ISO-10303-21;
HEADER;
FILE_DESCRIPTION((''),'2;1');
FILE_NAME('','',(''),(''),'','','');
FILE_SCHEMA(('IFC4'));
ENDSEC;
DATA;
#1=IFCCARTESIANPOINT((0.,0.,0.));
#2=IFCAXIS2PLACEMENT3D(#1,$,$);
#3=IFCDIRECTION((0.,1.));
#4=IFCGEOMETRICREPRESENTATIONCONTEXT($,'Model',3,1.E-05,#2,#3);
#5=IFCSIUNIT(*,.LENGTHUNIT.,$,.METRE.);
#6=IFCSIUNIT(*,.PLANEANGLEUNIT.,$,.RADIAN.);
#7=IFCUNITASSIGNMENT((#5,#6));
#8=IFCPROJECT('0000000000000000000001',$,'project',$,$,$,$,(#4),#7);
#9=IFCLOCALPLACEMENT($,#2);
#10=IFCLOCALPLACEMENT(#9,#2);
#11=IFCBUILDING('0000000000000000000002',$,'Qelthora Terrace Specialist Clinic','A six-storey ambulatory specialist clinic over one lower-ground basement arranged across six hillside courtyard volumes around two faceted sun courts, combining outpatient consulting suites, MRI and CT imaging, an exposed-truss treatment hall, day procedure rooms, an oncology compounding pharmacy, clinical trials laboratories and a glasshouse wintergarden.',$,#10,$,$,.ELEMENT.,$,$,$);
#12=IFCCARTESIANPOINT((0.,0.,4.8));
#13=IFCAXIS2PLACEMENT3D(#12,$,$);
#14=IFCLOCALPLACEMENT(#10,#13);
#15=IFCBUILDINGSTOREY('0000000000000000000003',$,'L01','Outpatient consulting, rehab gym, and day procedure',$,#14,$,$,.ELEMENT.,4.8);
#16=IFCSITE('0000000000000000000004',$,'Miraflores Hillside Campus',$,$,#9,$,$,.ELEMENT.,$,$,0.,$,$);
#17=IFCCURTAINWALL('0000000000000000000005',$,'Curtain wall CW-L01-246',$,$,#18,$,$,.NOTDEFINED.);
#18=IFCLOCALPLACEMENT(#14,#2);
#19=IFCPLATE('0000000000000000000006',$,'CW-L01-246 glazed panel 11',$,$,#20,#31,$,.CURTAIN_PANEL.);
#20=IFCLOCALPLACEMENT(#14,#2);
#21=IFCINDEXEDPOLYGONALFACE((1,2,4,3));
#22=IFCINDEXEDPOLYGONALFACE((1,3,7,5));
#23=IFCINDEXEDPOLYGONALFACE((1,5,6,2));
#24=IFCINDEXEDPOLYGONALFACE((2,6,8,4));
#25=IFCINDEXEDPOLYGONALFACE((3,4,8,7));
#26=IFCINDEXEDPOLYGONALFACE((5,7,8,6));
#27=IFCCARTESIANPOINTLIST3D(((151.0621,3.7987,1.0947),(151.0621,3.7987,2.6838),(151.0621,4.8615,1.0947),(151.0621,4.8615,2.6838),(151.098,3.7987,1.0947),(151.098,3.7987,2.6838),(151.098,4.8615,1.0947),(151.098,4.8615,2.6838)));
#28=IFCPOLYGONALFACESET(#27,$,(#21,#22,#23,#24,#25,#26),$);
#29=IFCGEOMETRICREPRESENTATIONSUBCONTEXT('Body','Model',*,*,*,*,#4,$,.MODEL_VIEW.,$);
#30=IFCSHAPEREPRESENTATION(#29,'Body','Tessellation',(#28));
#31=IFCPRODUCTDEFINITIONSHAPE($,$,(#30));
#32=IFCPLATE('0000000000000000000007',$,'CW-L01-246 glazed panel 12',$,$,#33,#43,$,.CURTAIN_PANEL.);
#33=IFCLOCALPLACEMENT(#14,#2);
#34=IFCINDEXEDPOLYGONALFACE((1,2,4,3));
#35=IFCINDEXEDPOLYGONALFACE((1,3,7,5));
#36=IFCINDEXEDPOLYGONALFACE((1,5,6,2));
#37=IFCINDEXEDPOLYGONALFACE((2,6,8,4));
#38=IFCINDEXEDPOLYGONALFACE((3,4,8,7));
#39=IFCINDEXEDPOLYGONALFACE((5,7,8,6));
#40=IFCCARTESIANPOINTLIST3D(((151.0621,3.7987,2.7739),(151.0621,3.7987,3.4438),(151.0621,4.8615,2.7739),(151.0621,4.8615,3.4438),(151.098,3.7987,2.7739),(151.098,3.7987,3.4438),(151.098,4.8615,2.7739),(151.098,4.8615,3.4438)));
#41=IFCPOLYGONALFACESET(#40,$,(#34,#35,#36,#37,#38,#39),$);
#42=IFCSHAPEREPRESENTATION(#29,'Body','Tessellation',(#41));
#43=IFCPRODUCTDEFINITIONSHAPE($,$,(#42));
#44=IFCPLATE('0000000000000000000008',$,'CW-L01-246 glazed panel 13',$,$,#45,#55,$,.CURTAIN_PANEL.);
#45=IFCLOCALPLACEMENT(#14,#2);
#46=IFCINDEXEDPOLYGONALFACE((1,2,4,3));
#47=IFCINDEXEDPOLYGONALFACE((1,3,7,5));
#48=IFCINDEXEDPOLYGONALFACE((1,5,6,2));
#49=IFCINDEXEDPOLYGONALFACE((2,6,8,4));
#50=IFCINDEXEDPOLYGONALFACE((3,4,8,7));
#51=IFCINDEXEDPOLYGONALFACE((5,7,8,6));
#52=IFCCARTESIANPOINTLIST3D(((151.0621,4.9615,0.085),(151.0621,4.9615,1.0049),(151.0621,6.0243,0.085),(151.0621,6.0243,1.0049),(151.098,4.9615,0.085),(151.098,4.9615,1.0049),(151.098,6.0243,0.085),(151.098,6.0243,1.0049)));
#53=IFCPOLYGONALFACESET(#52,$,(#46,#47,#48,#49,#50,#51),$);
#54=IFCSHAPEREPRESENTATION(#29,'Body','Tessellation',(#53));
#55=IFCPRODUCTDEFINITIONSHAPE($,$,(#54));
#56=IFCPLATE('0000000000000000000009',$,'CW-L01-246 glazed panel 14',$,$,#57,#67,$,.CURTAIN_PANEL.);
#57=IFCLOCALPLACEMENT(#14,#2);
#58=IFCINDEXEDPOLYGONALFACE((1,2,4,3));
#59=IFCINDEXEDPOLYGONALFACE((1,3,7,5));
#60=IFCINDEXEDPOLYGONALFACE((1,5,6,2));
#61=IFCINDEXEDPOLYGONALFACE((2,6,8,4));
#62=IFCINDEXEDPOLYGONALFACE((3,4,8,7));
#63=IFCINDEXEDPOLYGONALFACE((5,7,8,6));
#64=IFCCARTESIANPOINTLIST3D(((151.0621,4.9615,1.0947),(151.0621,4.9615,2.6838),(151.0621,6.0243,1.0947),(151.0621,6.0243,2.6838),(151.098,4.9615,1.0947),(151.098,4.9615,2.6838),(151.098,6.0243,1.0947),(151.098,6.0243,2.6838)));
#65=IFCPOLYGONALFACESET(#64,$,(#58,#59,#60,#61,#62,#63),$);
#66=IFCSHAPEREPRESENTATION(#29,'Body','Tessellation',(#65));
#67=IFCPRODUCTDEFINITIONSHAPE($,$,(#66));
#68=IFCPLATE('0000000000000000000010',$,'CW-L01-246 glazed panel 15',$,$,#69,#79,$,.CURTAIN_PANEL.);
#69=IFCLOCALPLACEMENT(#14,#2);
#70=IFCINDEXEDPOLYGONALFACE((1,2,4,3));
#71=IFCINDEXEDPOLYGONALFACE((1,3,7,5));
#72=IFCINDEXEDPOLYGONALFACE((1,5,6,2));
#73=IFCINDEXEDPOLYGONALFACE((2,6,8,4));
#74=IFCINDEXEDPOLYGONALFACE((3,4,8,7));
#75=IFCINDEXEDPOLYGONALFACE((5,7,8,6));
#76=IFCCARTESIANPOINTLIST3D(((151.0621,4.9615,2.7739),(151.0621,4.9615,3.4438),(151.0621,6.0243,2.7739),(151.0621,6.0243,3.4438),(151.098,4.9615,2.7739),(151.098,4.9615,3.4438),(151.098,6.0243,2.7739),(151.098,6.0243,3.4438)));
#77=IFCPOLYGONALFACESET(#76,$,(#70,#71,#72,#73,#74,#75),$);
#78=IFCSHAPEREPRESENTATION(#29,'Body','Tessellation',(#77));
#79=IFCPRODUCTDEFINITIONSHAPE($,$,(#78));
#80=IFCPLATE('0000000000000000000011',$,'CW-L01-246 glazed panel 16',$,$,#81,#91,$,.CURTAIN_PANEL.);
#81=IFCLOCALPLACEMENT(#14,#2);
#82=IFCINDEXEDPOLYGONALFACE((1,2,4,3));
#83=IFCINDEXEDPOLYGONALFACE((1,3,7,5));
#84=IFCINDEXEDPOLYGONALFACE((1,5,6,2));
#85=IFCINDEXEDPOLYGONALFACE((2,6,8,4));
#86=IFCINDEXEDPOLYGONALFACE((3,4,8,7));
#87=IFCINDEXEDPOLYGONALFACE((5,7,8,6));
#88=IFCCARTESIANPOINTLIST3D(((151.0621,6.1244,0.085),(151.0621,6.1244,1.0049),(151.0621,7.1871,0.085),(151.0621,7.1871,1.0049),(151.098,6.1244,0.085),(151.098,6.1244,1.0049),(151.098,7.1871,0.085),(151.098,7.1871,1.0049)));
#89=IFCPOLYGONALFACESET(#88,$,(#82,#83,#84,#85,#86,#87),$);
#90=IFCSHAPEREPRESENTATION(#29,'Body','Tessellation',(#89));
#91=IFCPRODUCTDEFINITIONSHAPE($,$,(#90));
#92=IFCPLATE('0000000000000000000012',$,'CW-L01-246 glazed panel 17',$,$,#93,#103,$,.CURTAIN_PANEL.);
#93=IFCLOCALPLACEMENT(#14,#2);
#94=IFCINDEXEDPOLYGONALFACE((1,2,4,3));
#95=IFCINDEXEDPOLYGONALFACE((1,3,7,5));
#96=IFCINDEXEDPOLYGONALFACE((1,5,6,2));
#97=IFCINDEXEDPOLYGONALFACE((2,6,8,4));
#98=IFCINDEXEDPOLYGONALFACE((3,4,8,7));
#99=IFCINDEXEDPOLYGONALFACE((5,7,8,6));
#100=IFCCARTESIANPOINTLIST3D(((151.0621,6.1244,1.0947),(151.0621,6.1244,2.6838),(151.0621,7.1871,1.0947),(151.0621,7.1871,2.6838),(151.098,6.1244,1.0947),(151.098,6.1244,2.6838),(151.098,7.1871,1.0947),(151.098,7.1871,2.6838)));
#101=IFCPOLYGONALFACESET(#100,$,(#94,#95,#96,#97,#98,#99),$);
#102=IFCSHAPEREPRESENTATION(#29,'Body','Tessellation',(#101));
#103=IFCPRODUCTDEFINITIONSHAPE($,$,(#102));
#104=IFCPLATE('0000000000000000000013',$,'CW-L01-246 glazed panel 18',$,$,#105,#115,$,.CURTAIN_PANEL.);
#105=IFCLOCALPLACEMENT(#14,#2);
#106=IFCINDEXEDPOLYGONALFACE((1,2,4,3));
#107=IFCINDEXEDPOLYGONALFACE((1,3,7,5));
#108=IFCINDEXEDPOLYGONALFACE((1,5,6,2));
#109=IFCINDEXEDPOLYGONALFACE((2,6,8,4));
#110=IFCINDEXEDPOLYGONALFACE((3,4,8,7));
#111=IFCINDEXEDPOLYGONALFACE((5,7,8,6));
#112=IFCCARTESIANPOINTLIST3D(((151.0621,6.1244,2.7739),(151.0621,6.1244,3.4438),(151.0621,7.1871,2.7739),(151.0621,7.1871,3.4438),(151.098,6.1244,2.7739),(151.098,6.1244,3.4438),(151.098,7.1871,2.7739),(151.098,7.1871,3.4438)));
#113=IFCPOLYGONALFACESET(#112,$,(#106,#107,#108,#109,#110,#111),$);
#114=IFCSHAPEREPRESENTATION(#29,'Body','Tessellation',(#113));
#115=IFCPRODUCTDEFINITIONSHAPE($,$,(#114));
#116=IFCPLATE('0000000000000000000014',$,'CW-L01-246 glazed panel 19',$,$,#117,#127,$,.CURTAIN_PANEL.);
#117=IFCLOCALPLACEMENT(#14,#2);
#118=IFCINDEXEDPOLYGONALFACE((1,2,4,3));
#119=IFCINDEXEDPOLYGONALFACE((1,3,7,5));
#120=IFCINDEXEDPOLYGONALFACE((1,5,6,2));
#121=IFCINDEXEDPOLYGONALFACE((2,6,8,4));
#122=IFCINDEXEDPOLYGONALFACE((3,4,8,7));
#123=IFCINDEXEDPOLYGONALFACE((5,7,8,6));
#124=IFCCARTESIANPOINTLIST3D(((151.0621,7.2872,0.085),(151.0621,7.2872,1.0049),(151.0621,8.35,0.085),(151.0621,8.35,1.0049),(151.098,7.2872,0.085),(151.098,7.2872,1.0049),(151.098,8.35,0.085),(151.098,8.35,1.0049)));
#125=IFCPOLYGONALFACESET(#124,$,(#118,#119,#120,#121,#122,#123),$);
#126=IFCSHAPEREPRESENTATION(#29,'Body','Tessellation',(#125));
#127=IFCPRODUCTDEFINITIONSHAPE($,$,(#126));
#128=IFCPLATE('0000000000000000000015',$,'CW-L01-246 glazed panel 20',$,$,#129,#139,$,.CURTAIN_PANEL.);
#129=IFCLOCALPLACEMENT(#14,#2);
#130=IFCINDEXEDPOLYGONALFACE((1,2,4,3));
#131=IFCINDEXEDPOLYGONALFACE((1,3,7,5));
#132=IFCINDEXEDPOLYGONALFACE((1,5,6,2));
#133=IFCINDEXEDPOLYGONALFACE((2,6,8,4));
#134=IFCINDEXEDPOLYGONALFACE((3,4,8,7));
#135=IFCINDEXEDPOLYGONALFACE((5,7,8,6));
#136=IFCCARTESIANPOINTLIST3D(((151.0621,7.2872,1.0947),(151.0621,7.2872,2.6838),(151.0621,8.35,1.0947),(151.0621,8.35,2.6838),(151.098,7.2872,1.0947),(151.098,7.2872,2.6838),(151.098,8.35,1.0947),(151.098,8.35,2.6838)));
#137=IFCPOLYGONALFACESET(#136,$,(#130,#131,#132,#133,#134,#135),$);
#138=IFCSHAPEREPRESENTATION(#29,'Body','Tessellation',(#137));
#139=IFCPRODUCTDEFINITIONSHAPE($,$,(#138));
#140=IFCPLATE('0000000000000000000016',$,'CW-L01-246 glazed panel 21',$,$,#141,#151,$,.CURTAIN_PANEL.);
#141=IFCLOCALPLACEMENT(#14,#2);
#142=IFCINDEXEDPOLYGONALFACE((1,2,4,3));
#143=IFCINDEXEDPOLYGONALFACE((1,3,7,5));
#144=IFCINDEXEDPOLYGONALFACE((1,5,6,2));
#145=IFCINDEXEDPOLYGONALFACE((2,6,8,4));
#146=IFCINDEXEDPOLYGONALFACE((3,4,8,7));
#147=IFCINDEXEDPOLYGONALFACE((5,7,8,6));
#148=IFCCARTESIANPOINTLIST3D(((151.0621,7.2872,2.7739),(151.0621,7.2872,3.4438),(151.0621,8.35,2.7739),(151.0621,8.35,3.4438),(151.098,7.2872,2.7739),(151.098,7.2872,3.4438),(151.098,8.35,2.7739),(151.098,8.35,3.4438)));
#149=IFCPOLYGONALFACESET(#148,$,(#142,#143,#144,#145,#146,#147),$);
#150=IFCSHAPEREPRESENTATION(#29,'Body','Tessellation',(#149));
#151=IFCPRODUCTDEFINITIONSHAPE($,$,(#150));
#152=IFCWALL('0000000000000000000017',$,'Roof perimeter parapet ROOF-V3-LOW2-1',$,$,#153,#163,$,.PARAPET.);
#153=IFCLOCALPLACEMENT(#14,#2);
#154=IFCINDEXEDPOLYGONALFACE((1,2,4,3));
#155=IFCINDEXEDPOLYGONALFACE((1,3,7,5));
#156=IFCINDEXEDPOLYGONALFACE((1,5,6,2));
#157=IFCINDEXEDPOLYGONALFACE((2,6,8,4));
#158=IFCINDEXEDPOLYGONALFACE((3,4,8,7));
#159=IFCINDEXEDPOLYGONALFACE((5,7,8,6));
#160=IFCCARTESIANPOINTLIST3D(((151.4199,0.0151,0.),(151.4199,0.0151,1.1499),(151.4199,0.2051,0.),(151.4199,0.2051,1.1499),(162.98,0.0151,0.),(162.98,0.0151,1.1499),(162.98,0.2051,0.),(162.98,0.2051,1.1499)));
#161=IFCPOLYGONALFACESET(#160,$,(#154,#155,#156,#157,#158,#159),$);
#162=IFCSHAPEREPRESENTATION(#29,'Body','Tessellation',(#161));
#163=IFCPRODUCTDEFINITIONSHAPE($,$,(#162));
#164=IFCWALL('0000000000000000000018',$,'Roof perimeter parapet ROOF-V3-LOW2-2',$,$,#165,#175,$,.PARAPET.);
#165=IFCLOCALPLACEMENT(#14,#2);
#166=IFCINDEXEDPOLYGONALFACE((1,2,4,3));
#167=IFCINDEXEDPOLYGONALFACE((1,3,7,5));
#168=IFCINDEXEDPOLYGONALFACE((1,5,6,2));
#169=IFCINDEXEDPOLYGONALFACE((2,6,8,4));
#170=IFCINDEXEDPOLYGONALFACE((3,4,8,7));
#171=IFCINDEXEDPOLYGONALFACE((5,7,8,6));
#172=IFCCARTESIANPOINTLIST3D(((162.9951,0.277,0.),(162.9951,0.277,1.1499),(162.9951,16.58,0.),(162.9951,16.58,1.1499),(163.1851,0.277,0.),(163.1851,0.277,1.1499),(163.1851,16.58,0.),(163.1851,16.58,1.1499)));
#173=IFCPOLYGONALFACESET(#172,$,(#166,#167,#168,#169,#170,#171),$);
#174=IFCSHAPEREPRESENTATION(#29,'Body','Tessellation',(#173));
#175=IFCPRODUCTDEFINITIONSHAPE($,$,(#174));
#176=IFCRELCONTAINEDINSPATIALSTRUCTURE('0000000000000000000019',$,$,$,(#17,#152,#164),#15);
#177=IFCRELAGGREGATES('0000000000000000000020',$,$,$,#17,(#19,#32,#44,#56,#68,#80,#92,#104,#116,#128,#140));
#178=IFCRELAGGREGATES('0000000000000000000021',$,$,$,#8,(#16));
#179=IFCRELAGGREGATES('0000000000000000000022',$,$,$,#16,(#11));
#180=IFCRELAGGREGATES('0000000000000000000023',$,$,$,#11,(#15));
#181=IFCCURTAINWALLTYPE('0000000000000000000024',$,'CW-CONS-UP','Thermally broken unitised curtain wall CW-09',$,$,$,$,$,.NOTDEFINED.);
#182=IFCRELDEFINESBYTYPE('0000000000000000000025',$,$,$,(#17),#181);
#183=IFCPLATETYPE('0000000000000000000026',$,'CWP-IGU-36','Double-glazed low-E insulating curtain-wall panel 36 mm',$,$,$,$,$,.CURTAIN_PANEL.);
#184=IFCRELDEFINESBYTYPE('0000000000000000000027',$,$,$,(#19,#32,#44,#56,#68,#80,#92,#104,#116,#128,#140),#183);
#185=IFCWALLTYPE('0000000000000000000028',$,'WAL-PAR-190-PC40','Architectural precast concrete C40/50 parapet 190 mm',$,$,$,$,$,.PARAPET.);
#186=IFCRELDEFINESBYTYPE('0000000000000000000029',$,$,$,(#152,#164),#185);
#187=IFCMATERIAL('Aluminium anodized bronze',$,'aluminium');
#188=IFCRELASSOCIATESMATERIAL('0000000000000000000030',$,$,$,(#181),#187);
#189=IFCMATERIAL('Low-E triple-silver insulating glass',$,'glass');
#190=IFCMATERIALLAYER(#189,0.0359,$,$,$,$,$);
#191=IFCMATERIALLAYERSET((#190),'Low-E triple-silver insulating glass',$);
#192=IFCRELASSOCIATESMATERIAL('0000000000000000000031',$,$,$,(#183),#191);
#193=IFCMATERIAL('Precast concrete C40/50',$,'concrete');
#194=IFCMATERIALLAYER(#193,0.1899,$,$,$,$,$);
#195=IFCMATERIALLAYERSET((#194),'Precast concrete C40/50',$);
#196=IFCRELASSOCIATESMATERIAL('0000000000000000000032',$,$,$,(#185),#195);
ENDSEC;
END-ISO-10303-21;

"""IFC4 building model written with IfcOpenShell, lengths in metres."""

from ifc_helpers import new_model, si_unit, direction, frame, frame_2d, origin, origin_2d, place, context, subcontext, project, spatial, rectangle, extrude, material, layer, layer_set, type_object, element, aggregate, save


model = new_model("IFC4")

# Units and contexts
model_context = context("Model", 3, precision=1e-05, world=origin(), true_north=direction((0.0, 1.0)))
body_context = subcontext(model_context, "Body", "Model", "MODEL_VIEW")
ifc_project = project(units=[si_unit("LENGTHUNIT", "METRE"), si_unit("PLANEANGLEUNIT", "RADIAN")], contexts=[model_context])

# Site, building, storey
site_placement = place(None, origin())
site = spatial("IfcSite", under=ifc_project, at=site_placement, Name="Miraflores Hillside Campus", CompositionType="ELEMENT", RefElevation=0.0)
building_placement = place(site_placement, origin())
building = spatial("IfcBuilding", under=site, at=building_placement, Name="Qelthora Terrace Specialist Clinic", Description="A six-storey ambulatory specialist clinic over one lower-ground basement arranged across six hillside courtyard volumes around two faceted sun courts, combining outpatient consulting suites, MRI and CT imaging, an exposed-truss treatment hall, day procedure rooms, an oncology compounding pharmacy, clinical trials laboratories and a glasshouse wintergarden.", CompositionType="ELEMENT")
storey_placement = place(building_placement, frame((0.0, 0.0, 4.8)))
storey = spatial("IfcBuildingStorey", under=building, at=storey_placement, Name="L01", Description="Outpatient consulting, rehab gym, and day procedure", CompositionType="ELEMENT", Elevation=4.8)

# Curtain wall
ifc_material_1 = material(Name="Aluminium anodized bronze", Category="aluminium")
curtain_wall_type = type_object("IfcCurtainWallType", Name="CW-CONS-UP", Description="Thermally broken unitised curtain wall CW-09", PredefinedType="NOTDEFINED", material=ifc_material_1)
curtain_wall_placement = place(storey_placement, origin())
curtain_wall = element("IfcCurtainWall", 1, at=curtain_wall_placement, inside=storey, type_object=curtain_wall_type, Name="Curtain wall CW-L01-246", PredefinedType="NOTDEFINED")

# Plates
ifc_material_2 = material(Name="Low-E triple-silver insulating glass", Category="glass")
ifc_layer_1 = layer(ifc_material_2, 0.0359)
ifc_layer_set_1 = layer_set([ifc_layer_1], Name="Low-E triple-silver insulating glass")
plate_type = type_object("IfcPlateType", Name="CWP-IGU-36", Description="Double-glazed low-E insulating curtain-wall panel 36 mm", PredefinedType="CURTAIN_PANEL", material=ifc_layer_set_1)
plate_1_placement = place(storey_placement, frame((151.0801, 4.3301, 1.0947), z_axis=(0.0, 0.0, 1.0), x_axis=(0.0, 1.0, 0.0)))
plate_1 = element("IfcPlate", 2, at=plate_1_placement, type_object=plate_type, Name="CW-L01-246 glazed panel 11", PredefinedType="CURTAIN_PANEL", context=body_context, shape_type="SweptSolid", body=[
    extrude(rectangle(XDim=1.0627, YDim=0.0359, at=origin_2d()), origin(), (0.0, 0.0, 1.0), 1.5891),
])
plate_2_placement = place(storey_placement, frame((151.0801, 4.3301, 2.7739), z_axis=(0.0, 0.0, 1.0), x_axis=(0.0, 1.0, 0.0)))
plate_2 = element("IfcPlate", 3, at=plate_2_placement, type_object=plate_type, Name="CW-L01-246 glazed panel 12", PredefinedType="CURTAIN_PANEL", context=body_context, shape_type="SweptSolid", body=[
    extrude(rectangle(XDim=1.0627, YDim=0.0359, at=origin_2d()), origin(), (0.0, 0.0, 1.0), 0.6699),
])
plate_3_placement = place(storey_placement, frame((151.0801, 5.4929, 0.085), z_axis=(0.0, 0.0, 1.0), x_axis=(0.0, 1.0, 0.0)))
plate_3 = element("IfcPlate", 4, at=plate_3_placement, type_object=plate_type, Name="CW-L01-246 glazed panel 13", PredefinedType="CURTAIN_PANEL", context=body_context, shape_type="SweptSolid", body=[
    extrude(rectangle(XDim=1.0627, YDim=0.0359, at=origin_2d()), origin(), (0.0, 0.0, 1.0), 0.9199),
])
plate_4_placement = place(storey_placement, frame((151.0801, 5.4929, 1.0947), z_axis=(0.0, 0.0, 1.0), x_axis=(0.0, 1.0, 0.0)))
plate_4 = element("IfcPlate", 5, at=plate_4_placement, type_object=plate_type, Name="CW-L01-246 glazed panel 14", PredefinedType="CURTAIN_PANEL", context=body_context, shape_type="SweptSolid", body=[
    extrude(rectangle(XDim=1.0627, YDim=0.0359, at=origin_2d()), origin(), (0.0, 0.0, 1.0), 1.5891),
])
plate_5_placement = place(storey_placement, frame((151.0801, 5.4929, 2.7739), z_axis=(0.0, 0.0, 1.0), x_axis=(0.0, 1.0, 0.0)))
plate_5 = element("IfcPlate", 6, at=plate_5_placement, type_object=plate_type, Name="CW-L01-246 glazed panel 15", PredefinedType="CURTAIN_PANEL", context=body_context, shape_type="SweptSolid", body=[
    extrude(rectangle(XDim=1.0627, YDim=0.0359, at=origin_2d()), origin(), (0.0, 0.0, 1.0), 0.6699),
])
plate_6_placement = place(storey_placement, frame((151.0801, 6.6558, 0.085), z_axis=(0.0, 0.0, 1.0), x_axis=(0.0, 1.0, 0.0)))
plate_6 = element("IfcPlate", 7, at=plate_6_placement, type_object=plate_type, Name="CW-L01-246 glazed panel 16", PredefinedType="CURTAIN_PANEL", context=body_context, shape_type="SweptSolid", body=[
    extrude(rectangle(XDim=1.0627, YDim=0.0359, at=origin_2d()), origin(), (0.0, 0.0, 1.0), 0.9199),
])
plate_7_placement = place(storey_placement, frame((151.0801, 6.6558, 1.0947), z_axis=(0.0, 0.0, 1.0), x_axis=(0.0, 1.0, 0.0)))
plate_7 = element("IfcPlate", 8, at=plate_7_placement, type_object=plate_type, Name="CW-L01-246 glazed panel 17", PredefinedType="CURTAIN_PANEL", context=body_context, shape_type="SweptSolid", body=[
    extrude(rectangle(XDim=1.0627, YDim=0.0359, at=origin_2d()), origin(), (0.0, 0.0, 1.0), 1.5891),
])
plate_8_placement = place(storey_placement, frame((151.0801, 6.6558, 2.7739), z_axis=(0.0, 0.0, 1.0), x_axis=(0.0, 1.0, 0.0)))
plate_8 = element("IfcPlate", 9, at=plate_8_placement, type_object=plate_type, Name="CW-L01-246 glazed panel 18", PredefinedType="CURTAIN_PANEL", context=body_context, shape_type="SweptSolid", body=[
    extrude(rectangle(XDim=1.0627, YDim=0.0359, at=origin_2d()), origin(), (0.0, 0.0, 1.0), 0.6699),
])
plate_9_placement = place(storey_placement, frame((151.0801, 7.8186, 0.085), z_axis=(0.0, 0.0, 1.0), x_axis=(0.0, 1.0, 0.0)))
plate_9 = element("IfcPlate", 10, at=plate_9_placement, type_object=plate_type, Name="CW-L01-246 glazed panel 19", PredefinedType="CURTAIN_PANEL", context=body_context, shape_type="SweptSolid", body=[
    extrude(rectangle(XDim=1.0627, YDim=0.0359, at=origin_2d()), origin(), (0.0, 0.0, 1.0), 0.9199),
])
plate_10_placement = place(storey_placement, frame((151.0801, 7.8186, 1.0947), z_axis=(0.0, 0.0, 1.0), x_axis=(0.0, 1.0, 0.0)))
plate_10 = element("IfcPlate", 11, at=plate_10_placement, type_object=plate_type, Name="CW-L01-246 glazed panel 20", PredefinedType="CURTAIN_PANEL", context=body_context, shape_type="SweptSolid", body=[
    extrude(rectangle(XDim=1.0627, YDim=0.0359, at=origin_2d()), origin(), (0.0, 0.0, 1.0), 1.5891),
])
plate_11_placement = place(storey_placement, frame((151.0801, 7.8186, 2.7739), z_axis=(0.0, 0.0, 1.0), x_axis=(0.0, 1.0, 0.0)))
plate_11 = element("IfcPlate", 12, at=plate_11_placement, type_object=plate_type, Name="CW-L01-246 glazed panel 21", PredefinedType="CURTAIN_PANEL", context=body_context, shape_type="SweptSolid", body=[
    extrude(rectangle(XDim=1.0627, YDim=0.0359, at=origin_2d()), origin(), (0.0, 0.0, 1.0), 0.6699),
])
aggregate(curtain_wall, [plate_1, plate_2, plate_3, plate_4, plate_5, plate_6, plate_7, plate_8, plate_9, plate_10, plate_11])

# Walls
ifc_material_3 = material(Name="Precast concrete C40/50", Category="concrete")
ifc_layer_2 = layer(ifc_material_3, 0.1899)
ifc_layer_set_2 = layer_set([ifc_layer_2], Name="Precast concrete C40/50")
wall_type = type_object("IfcWallType", Name="WAL-PAR-190-PC40", Description="Architectural precast concrete C40/50 parapet 190 mm", PredefinedType="PARAPET", material=ifc_layer_set_2)
wall_1_placement = place(storey_placement, frame((151.4199, 0.1101, 0.0), z_axis=(0.0, 0.0, 1.0), x_axis=(1.0, 0.0, 0.0)))
element("IfcWall", 13, at=wall_1_placement, inside=storey, type_object=wall_type, Name="Roof perimeter parapet ROOF-V3-LOW2-1", PredefinedType="PARAPET", context=body_context, shape_type="SweptSolid", body=[
    extrude(rectangle(XDim=11.5601, YDim=0.1899, at=frame_2d((5.78, 0.0))), origin(), (0.0, 0.0, 1.0), 1.1499),
])
wall_2_placement = place(storey_placement, frame((163.0901, 0.2771, 0.0), z_axis=(0.0, 0.0, 1.0), x_axis=(0.0, 1.0, 0.0)))
element("IfcWall", 14, at=wall_2_placement, inside=storey, type_object=wall_type, Name="Roof perimeter parapet ROOF-V3-LOW2-2", PredefinedType="PARAPET", context=body_context, shape_type="SweptSolid", body=[
    extrude(rectangle(XDim=16.303, YDim=0.1899, at=frame_2d((8.1514, 0.0))), origin(), (0.0, 0.0, 1.0), 1.1499),
])

save(model, "model.ifc")
